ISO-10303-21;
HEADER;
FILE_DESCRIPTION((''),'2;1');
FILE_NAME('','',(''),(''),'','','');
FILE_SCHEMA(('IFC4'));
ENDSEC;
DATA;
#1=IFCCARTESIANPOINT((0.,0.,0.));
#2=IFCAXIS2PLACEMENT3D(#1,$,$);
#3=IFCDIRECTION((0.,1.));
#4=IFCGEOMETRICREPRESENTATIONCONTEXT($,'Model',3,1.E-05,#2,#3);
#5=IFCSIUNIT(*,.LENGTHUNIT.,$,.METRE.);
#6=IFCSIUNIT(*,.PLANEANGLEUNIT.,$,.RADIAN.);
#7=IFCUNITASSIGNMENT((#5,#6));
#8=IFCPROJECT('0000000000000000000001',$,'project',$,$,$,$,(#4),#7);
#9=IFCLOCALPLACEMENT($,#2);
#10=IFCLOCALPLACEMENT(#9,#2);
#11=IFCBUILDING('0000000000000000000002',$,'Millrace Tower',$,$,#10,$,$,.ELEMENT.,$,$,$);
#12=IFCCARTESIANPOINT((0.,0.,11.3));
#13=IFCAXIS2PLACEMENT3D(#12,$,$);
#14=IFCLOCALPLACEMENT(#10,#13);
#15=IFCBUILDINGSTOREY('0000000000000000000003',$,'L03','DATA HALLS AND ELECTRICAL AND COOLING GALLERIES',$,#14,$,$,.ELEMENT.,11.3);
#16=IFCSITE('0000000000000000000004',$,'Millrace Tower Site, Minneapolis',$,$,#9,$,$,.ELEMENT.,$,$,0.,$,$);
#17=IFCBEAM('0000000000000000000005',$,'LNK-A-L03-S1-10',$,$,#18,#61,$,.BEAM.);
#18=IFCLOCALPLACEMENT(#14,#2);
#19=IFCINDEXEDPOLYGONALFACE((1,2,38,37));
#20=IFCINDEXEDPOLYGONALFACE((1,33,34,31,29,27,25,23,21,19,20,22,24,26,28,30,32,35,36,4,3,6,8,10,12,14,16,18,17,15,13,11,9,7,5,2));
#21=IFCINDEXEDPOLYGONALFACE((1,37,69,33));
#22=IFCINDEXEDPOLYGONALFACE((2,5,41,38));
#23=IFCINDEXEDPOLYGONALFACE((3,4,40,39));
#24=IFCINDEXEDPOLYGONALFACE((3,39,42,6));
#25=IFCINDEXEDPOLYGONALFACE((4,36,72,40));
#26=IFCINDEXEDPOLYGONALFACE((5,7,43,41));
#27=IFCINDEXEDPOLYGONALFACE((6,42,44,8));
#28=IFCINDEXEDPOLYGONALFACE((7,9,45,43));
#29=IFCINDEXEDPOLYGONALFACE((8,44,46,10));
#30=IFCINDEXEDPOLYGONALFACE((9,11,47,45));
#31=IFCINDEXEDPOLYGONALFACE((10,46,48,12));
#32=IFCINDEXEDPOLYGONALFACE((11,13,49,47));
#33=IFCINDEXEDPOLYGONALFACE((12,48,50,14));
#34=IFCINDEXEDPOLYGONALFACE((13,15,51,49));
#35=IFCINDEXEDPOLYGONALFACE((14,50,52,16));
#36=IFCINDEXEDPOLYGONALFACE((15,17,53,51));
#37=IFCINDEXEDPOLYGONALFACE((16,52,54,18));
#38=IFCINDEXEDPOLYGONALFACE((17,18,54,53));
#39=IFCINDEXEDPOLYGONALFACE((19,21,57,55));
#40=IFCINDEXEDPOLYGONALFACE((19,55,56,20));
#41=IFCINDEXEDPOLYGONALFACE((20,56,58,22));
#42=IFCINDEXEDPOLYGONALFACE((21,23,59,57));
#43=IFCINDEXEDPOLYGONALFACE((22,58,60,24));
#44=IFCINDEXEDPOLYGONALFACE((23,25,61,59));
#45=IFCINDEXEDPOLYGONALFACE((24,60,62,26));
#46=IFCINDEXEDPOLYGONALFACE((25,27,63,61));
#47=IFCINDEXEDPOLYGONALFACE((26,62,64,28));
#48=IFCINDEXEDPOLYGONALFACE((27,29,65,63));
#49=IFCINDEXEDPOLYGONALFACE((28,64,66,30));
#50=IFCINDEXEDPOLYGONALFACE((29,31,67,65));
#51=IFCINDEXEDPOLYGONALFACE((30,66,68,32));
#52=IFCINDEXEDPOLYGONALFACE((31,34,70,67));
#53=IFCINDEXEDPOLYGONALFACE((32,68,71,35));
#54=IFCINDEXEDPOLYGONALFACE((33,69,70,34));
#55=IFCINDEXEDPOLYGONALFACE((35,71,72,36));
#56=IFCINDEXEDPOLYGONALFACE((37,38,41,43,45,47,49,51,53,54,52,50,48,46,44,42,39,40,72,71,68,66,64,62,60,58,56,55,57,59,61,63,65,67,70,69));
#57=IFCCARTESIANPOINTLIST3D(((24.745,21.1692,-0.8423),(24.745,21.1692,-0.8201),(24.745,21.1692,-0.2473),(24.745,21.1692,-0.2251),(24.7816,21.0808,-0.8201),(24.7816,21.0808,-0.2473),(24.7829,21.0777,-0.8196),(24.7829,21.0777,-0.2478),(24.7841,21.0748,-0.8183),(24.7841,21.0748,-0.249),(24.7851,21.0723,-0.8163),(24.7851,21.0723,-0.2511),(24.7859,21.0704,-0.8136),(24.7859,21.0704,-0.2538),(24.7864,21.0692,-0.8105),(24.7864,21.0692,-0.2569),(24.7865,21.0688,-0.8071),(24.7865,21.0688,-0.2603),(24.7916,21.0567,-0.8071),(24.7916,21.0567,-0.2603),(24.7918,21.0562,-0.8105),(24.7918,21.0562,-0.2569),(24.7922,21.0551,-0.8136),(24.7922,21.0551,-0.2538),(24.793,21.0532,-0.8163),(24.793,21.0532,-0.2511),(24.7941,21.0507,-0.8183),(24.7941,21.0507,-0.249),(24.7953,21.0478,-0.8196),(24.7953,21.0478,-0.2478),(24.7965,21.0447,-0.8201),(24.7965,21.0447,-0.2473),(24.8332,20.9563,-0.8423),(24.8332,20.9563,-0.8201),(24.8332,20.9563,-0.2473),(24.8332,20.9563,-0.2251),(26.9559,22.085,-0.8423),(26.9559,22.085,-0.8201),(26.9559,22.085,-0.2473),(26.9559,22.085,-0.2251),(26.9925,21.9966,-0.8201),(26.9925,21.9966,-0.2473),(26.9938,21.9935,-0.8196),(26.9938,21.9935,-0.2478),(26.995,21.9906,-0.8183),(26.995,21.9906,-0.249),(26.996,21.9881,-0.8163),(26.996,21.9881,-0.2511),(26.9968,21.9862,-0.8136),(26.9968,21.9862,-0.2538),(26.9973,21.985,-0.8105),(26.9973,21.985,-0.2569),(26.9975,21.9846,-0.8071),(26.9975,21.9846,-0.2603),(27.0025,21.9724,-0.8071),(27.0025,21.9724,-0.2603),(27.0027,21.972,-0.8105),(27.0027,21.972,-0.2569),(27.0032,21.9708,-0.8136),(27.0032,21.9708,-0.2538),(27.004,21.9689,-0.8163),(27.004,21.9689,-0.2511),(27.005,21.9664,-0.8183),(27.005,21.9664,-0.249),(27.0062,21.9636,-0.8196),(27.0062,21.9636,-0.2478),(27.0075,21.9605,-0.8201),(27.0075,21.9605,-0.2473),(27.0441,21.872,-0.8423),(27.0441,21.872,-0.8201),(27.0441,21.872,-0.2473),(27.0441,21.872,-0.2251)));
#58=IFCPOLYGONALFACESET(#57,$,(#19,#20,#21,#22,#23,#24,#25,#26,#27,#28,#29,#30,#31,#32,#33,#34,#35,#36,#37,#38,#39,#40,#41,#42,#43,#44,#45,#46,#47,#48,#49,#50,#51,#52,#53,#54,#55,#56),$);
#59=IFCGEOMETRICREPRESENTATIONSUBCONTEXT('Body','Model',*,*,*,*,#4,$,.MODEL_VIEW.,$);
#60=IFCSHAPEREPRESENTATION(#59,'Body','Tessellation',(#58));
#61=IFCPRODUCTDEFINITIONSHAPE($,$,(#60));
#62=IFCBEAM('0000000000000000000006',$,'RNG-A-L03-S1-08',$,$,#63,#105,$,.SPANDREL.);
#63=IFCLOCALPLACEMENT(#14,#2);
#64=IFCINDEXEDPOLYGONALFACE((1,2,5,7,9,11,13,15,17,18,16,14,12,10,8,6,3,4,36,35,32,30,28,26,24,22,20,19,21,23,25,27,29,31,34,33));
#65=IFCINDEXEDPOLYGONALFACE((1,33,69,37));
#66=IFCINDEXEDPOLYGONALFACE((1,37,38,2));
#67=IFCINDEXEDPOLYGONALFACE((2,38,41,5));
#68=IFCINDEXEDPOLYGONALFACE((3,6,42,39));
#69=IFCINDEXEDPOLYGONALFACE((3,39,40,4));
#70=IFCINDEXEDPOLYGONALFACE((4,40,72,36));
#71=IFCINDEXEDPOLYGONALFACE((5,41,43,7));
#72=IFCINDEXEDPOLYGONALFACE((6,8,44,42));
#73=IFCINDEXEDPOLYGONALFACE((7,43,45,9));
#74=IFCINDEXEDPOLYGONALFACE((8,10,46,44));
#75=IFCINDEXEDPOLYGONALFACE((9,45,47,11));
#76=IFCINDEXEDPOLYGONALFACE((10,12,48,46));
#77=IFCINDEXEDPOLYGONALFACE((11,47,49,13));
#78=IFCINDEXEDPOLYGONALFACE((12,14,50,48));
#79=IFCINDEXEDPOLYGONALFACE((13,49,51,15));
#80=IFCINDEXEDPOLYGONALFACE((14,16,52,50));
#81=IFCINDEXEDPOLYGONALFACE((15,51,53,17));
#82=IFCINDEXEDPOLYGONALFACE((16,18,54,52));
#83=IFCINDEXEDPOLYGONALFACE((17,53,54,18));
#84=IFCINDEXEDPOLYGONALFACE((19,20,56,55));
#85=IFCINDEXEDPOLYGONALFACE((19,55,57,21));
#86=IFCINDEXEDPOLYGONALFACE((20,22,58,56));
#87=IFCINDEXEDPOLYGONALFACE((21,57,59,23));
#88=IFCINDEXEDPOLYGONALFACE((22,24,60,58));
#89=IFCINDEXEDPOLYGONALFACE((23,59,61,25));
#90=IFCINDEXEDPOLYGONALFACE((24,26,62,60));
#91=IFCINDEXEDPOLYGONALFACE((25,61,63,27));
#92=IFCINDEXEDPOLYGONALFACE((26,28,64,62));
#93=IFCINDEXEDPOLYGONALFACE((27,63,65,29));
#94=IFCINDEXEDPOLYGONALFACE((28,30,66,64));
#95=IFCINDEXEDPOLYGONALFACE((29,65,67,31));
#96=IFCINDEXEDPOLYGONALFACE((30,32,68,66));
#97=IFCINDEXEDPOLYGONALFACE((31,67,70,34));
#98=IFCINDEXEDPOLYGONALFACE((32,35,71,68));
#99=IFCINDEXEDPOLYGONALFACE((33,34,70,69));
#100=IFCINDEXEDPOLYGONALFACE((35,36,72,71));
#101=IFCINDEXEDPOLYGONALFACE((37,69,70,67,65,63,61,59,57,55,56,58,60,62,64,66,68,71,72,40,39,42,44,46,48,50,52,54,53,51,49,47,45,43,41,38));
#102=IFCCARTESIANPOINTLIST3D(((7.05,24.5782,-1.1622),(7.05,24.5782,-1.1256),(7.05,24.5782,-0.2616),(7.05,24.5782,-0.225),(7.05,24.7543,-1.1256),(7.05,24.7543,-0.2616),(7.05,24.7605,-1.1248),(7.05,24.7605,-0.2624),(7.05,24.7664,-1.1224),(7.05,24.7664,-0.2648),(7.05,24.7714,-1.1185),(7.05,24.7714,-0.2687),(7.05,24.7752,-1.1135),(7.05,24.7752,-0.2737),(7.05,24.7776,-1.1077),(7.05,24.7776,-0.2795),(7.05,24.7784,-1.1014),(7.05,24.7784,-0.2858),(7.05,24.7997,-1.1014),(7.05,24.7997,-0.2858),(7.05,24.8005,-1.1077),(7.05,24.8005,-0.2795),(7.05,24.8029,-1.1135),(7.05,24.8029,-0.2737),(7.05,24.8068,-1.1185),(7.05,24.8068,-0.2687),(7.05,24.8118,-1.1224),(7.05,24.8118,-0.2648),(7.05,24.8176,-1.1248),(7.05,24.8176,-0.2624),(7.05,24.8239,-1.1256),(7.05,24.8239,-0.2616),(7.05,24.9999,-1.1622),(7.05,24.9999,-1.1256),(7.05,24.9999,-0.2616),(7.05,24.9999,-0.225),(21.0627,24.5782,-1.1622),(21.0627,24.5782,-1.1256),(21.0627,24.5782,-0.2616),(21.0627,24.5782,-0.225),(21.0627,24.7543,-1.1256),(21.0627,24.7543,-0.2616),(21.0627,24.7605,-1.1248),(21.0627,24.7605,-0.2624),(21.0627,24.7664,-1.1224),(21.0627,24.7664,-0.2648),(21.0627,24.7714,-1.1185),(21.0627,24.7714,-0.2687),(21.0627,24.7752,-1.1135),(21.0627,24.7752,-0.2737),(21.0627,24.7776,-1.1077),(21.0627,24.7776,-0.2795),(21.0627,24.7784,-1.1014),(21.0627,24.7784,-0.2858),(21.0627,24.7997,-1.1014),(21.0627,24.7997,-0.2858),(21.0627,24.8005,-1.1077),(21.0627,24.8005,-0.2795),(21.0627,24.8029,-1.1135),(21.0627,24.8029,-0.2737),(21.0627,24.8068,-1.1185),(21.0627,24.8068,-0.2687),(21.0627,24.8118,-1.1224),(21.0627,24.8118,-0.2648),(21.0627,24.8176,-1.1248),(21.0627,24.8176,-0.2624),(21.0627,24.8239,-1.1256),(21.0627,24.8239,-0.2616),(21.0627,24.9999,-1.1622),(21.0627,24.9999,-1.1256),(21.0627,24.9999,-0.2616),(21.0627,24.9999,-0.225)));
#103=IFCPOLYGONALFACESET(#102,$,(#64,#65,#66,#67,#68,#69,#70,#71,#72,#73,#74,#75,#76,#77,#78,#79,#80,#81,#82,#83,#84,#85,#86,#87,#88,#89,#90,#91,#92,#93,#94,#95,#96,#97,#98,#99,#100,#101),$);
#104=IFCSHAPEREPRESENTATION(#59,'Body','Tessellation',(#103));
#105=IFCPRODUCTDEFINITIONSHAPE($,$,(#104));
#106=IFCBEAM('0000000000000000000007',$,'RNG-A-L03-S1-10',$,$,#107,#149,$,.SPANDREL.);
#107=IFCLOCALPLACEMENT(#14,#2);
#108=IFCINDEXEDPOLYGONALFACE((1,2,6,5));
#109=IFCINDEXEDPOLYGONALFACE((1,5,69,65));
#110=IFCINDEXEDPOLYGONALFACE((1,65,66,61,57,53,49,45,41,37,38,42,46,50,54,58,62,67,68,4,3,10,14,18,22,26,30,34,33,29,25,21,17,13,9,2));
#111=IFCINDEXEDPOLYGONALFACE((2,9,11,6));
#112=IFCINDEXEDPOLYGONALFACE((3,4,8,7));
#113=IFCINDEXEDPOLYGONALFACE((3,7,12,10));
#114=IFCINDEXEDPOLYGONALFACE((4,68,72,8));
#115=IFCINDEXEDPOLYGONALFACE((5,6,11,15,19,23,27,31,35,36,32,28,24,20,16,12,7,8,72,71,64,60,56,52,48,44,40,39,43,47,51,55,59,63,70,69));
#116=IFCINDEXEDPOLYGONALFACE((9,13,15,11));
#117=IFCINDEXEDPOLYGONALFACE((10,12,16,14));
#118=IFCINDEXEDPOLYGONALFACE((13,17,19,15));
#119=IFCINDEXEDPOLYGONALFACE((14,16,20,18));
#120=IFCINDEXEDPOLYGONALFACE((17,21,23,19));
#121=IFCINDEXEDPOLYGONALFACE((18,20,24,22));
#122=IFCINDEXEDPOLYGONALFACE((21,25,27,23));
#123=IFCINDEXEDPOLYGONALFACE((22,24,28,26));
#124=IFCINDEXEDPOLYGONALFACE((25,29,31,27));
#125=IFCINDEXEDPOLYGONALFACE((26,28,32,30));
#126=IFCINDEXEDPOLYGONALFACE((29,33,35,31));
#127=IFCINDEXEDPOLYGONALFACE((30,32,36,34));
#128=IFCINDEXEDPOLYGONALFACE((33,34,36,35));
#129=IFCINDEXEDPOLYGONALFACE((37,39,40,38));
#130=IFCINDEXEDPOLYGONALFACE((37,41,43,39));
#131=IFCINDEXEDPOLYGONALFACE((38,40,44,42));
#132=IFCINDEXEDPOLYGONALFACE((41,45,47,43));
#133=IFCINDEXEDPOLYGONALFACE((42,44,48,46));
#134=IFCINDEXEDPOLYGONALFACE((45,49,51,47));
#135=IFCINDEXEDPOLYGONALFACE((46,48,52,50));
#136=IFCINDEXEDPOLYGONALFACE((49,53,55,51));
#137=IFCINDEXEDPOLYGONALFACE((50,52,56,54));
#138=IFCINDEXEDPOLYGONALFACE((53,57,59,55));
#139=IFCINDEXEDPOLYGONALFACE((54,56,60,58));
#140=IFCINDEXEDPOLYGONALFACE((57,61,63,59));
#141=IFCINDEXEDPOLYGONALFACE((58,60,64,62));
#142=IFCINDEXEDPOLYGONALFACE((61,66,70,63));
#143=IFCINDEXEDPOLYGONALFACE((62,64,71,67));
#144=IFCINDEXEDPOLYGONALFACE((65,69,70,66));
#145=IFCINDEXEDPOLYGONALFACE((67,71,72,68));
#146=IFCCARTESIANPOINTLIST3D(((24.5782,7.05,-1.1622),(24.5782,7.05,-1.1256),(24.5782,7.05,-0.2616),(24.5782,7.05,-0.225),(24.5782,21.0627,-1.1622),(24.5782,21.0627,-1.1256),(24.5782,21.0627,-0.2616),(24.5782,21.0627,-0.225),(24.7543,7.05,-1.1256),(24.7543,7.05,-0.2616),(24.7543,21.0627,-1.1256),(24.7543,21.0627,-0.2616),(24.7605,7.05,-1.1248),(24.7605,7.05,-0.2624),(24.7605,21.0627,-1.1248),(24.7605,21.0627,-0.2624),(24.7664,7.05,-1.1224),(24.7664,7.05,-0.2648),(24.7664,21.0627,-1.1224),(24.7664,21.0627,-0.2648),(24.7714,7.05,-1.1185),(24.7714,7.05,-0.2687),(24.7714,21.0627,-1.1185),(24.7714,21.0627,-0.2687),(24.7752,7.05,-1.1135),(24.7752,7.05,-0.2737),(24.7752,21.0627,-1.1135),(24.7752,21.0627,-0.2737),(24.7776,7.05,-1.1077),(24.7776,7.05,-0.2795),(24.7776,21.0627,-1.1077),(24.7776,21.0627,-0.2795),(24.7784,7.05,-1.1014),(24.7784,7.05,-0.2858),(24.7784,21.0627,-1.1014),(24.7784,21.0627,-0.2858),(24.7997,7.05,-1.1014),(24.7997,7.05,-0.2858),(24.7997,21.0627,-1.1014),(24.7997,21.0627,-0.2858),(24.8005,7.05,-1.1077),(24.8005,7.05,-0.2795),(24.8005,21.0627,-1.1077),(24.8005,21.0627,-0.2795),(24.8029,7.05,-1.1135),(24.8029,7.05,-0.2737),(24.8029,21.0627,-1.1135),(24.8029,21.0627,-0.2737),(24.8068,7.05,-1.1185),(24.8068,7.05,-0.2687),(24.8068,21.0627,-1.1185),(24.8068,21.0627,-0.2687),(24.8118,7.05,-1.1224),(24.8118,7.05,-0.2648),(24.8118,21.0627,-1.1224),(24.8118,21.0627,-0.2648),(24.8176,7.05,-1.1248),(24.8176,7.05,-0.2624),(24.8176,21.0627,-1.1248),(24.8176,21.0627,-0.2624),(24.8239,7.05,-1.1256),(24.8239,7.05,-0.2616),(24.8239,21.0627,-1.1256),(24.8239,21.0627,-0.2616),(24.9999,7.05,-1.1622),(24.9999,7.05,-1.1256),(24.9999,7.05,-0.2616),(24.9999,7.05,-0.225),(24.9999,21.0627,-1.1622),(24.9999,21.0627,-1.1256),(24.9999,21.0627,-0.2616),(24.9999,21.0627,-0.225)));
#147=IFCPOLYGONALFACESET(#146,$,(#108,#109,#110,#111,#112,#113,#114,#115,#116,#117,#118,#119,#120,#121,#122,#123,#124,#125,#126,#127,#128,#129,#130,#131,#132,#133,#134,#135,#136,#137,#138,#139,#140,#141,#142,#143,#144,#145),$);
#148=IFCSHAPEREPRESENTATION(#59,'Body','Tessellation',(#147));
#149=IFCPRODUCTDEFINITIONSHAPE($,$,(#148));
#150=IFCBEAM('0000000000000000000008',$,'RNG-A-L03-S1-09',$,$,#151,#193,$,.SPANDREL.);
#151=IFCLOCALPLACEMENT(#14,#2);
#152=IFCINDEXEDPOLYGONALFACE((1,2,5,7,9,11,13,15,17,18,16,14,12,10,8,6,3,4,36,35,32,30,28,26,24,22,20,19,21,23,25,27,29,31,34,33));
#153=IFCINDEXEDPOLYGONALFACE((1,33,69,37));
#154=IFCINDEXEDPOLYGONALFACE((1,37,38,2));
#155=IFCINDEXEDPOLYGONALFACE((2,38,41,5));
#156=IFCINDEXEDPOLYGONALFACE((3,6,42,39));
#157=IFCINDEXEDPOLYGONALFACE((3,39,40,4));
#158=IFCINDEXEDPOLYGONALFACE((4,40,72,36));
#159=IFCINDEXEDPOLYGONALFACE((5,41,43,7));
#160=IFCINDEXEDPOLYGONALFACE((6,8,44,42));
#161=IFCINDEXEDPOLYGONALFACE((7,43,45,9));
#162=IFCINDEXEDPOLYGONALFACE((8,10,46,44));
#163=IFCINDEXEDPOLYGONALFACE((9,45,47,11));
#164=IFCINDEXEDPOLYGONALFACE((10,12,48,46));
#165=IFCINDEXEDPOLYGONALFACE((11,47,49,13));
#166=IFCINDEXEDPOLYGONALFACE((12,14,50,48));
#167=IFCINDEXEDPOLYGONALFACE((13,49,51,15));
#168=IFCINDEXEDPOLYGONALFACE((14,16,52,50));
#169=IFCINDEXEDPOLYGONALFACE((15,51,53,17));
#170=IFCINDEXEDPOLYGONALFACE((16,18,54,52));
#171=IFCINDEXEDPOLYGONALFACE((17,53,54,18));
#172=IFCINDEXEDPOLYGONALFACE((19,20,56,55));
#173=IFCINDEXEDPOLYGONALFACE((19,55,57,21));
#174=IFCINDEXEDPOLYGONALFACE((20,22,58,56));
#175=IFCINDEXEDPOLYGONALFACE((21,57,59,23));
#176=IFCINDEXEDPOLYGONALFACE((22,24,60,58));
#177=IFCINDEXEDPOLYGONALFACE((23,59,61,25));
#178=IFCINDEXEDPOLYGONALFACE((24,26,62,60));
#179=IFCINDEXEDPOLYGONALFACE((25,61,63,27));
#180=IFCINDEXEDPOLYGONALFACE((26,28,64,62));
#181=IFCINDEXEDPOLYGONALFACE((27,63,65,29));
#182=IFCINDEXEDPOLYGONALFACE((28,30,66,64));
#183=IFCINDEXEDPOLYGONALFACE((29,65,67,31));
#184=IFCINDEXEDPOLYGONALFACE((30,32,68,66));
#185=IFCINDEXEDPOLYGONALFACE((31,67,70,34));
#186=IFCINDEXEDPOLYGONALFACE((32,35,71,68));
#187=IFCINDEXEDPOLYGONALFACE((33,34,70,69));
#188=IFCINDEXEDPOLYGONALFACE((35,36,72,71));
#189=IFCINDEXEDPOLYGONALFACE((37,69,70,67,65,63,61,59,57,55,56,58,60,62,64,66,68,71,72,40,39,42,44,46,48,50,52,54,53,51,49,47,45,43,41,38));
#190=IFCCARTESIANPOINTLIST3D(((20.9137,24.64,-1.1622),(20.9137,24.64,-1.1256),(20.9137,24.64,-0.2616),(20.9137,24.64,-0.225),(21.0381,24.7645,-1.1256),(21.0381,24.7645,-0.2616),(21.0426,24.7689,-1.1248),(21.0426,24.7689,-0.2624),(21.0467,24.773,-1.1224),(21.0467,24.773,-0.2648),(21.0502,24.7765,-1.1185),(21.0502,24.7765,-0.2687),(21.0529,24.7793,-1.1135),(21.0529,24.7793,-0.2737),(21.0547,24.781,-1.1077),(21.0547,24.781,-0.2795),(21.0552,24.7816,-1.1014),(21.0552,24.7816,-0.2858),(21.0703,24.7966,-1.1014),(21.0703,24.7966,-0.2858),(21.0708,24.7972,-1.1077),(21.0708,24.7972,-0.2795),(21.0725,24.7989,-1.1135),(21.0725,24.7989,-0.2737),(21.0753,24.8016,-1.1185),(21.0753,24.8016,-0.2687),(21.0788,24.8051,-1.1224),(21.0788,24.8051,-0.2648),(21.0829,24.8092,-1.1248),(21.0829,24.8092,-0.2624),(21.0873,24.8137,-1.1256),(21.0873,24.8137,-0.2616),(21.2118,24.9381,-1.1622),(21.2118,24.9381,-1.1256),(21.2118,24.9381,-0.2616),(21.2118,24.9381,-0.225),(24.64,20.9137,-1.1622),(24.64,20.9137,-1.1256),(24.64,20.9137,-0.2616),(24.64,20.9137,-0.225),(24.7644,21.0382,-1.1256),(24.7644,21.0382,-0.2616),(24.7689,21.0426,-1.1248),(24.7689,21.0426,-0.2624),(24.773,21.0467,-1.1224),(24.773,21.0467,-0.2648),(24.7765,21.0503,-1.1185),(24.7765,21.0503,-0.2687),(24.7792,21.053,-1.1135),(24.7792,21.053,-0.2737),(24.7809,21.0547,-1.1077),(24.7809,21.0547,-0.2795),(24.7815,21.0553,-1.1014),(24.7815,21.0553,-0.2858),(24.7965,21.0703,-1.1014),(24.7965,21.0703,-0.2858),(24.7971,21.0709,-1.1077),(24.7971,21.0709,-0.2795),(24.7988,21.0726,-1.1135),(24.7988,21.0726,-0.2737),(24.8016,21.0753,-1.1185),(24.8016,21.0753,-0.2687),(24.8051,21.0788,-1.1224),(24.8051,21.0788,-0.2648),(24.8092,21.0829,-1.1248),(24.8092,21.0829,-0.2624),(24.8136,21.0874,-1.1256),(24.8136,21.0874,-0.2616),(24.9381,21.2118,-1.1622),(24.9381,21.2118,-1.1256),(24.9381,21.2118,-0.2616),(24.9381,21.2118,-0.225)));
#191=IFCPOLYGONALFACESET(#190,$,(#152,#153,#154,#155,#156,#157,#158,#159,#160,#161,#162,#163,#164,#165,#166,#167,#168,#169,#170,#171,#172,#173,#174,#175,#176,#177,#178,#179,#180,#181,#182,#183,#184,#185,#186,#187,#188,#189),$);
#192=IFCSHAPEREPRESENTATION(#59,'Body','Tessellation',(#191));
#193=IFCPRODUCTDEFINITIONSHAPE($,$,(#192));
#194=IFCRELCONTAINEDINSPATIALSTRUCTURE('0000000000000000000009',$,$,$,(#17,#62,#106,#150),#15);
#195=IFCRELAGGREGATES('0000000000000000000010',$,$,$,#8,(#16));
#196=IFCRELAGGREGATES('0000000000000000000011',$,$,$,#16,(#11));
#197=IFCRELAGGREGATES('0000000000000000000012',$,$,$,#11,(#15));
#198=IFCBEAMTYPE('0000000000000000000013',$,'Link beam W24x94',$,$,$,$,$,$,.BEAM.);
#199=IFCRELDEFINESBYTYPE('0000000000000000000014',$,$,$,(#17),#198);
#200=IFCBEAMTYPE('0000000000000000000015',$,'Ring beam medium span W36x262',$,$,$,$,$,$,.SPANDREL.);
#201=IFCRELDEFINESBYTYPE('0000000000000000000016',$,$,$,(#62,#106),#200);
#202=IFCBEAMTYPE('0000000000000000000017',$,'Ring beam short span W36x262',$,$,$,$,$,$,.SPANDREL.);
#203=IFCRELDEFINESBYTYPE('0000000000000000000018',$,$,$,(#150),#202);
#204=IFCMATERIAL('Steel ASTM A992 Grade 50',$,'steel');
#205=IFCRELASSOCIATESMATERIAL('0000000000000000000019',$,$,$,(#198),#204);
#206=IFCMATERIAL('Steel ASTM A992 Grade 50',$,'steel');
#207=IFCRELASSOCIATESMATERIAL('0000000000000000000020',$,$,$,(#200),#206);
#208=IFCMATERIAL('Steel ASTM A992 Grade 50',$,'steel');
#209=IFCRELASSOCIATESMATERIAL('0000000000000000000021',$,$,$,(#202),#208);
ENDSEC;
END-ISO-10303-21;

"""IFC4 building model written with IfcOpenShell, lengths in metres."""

from ifc_helpers import new_model, si_unit, direction, frame, origin, origin_2d, place, context, subcontext, project, spatial, i_section, extrude, material, material_profile, profile_set, type_object, element, save


model = new_model("IFC4")

# Units and contexts
model_context = context("Model", 3, precision=1e-05, world=origin(), true_north=direction((0.0, 1.0)))
body_context = subcontext(model_context, "Body", "Model", "MODEL_VIEW")
ifc_project = project(units=[si_unit("LENGTHUNIT", "METRE"), si_unit("PLANEANGLEUNIT", "RADIAN")], contexts=[model_context])

# Site, building, storey
site_placement = place(None, origin())
site = spatial("IfcSite", under=ifc_project, at=site_placement, Name="Millrace Tower Site, Minneapolis", CompositionType="ELEMENT", RefElevation=0.0)
building_placement = place(site_placement, origin())
building = spatial("IfcBuilding", under=site, at=building_placement, Name="Millrace Tower", CompositionType="ELEMENT")
storey_placement = place(building_placement, frame((0.0, 0.0, 11.3)))
storey = spatial("IfcBuildingStorey", under=building, at=storey_placement, Name="L03", Description="DATA HALLS AND ELECTRICAL AND COOLING GALLERIES", CompositionType="ELEMENT", Elevation=11.3)

# Beams
ifc_material_1 = material(Name="Steel ASTM A992 Grade 50", Category="steel")
ifc_material_profile_1 = material_profile(ifc_material_1, i_section(OverallWidth=0.2305, OverallDepth=0.6172, WebThickness=0.0132, FlangeThickness=0.0222, FilletRadius=0.0129, at=origin_2d()))
ifc_profile_set_1 = profile_set([ifc_material_profile_1], Name="Steel ASTM A992 Grade 50")
beam_type_1 = type_object("IfcBeamType", Name="Link beam W24x94", PredefinedType="BEAM", material=ifc_profile_set_1)
for number, where, z_axis, x_axis, name in (
    (1, (24.7891, 21.0627, -0.5337), (0.923884, 0.382673, 0.0), (-0.382673, 0.923884, 0.0), "LNK-A-L03-S1-10"),
):
    element("IfcBeam", number, at=place(storey_placement, frame(where, z_axis=z_axis, x_axis=x_axis)), inside=storey, type_object=beam_type_1, Name=name, PredefinedType="BEAM", context=body_context, shape_type="SweptSolid", body=[
        extrude(i_section(OverallWidth=0.2305, OverallDepth=0.6172, WebThickness=0.0132, FlangeThickness=0.0222, FilletRadius=0.0129, at=origin_2d()), origin(), (0.0, 0.0, 1.0), 2.3931),
    ])
ifc_material_2 = material(Name="Steel ASTM A992 Grade 50", Category="steel")
ifc_material_profile_2 = material_profile(ifc_material_2, i_section(OverallWidth=0.4216, OverallDepth=0.9373, WebThickness=0.0212, FlangeThickness=0.0366, FilletRadius=0.0242, at=origin_2d()))
ifc_profile_set_2 = profile_set([ifc_material_profile_2], Name="Steel ASTM A992 Grade 50")
beam_type_2 = type_object("IfcBeamType", Name="Ring beam medium span W36x262", PredefinedType="SPANDREL", material=ifc_profile_set_2)
for number, where, z_axis, x_axis, name in (
    (2, (7.05, 24.7891, -0.6936), (1.0, 0.0, 0.0), (0.0, 1.0, 0.0), "RNG-A-L03-S1-08"),
    (3, (24.7891, 21.0627, -0.6936), (0.0, -1.0, 0.0), (1.0, 0.0, 0.0), "RNG-A-L03-S1-10"),
):
    element("IfcBeam", number, at=place(storey_placement, frame(where, z_axis=z_axis, x_axis=x_axis)), inside=storey, type_object=beam_type_2, Name=name, PredefinedType="SPANDREL", context=body_context, shape_type="SweptSolid", body=[
        extrude(i_section(OverallWidth=0.4216, OverallDepth=0.9373, WebThickness=0.0212, FlangeThickness=0.0366, FilletRadius=0.0242, at=origin_2d()), origin(), (0.0, 0.0, 1.0), 14.0127),
    ])
ifc_material_3 = material(Name="Steel ASTM A992 Grade 50", Category="steel")
ifc_material_profile_3 = material_profile(ifc_material_3, i_section(OverallWidth=0.4216, OverallDepth=0.9373, WebThickness=0.0212, FlangeThickness=0.0366, FilletRadius=0.0242, at=origin_2d()))
ifc_profile_set_3 = profile_set([ifc_material_profile_3], Name="Steel ASTM A992 Grade 50")
beam_type_3 = type_object("IfcBeamType", Name="Ring beam short span W36x262", PredefinedType="SPANDREL", material=ifc_profile_set_3)
beam_1_placement = place(storey_placement, frame((21.0627, 24.7891, -0.6936), z_axis=(0.707107, -0.707107, 0.0), x_axis=(0.707107, 0.707107, 0.0)))
element("IfcBeam", 4, at=beam_1_placement, inside=storey, type_object=beam_type_3, Name="RNG-A-L03-S1-09", PredefinedType="SPANDREL", context=body_context, shape_type="SweptSolid", body=[
    extrude(i_section(OverallWidth=0.4216, OverallDepth=0.9373, WebThickness=0.0212, FlangeThickness=0.0366, FilletRadius=0.0242, at=origin_2d()), origin(), (0.0, 0.0, 1.0), 5.2698),
])

save(model, "model.ifc")
